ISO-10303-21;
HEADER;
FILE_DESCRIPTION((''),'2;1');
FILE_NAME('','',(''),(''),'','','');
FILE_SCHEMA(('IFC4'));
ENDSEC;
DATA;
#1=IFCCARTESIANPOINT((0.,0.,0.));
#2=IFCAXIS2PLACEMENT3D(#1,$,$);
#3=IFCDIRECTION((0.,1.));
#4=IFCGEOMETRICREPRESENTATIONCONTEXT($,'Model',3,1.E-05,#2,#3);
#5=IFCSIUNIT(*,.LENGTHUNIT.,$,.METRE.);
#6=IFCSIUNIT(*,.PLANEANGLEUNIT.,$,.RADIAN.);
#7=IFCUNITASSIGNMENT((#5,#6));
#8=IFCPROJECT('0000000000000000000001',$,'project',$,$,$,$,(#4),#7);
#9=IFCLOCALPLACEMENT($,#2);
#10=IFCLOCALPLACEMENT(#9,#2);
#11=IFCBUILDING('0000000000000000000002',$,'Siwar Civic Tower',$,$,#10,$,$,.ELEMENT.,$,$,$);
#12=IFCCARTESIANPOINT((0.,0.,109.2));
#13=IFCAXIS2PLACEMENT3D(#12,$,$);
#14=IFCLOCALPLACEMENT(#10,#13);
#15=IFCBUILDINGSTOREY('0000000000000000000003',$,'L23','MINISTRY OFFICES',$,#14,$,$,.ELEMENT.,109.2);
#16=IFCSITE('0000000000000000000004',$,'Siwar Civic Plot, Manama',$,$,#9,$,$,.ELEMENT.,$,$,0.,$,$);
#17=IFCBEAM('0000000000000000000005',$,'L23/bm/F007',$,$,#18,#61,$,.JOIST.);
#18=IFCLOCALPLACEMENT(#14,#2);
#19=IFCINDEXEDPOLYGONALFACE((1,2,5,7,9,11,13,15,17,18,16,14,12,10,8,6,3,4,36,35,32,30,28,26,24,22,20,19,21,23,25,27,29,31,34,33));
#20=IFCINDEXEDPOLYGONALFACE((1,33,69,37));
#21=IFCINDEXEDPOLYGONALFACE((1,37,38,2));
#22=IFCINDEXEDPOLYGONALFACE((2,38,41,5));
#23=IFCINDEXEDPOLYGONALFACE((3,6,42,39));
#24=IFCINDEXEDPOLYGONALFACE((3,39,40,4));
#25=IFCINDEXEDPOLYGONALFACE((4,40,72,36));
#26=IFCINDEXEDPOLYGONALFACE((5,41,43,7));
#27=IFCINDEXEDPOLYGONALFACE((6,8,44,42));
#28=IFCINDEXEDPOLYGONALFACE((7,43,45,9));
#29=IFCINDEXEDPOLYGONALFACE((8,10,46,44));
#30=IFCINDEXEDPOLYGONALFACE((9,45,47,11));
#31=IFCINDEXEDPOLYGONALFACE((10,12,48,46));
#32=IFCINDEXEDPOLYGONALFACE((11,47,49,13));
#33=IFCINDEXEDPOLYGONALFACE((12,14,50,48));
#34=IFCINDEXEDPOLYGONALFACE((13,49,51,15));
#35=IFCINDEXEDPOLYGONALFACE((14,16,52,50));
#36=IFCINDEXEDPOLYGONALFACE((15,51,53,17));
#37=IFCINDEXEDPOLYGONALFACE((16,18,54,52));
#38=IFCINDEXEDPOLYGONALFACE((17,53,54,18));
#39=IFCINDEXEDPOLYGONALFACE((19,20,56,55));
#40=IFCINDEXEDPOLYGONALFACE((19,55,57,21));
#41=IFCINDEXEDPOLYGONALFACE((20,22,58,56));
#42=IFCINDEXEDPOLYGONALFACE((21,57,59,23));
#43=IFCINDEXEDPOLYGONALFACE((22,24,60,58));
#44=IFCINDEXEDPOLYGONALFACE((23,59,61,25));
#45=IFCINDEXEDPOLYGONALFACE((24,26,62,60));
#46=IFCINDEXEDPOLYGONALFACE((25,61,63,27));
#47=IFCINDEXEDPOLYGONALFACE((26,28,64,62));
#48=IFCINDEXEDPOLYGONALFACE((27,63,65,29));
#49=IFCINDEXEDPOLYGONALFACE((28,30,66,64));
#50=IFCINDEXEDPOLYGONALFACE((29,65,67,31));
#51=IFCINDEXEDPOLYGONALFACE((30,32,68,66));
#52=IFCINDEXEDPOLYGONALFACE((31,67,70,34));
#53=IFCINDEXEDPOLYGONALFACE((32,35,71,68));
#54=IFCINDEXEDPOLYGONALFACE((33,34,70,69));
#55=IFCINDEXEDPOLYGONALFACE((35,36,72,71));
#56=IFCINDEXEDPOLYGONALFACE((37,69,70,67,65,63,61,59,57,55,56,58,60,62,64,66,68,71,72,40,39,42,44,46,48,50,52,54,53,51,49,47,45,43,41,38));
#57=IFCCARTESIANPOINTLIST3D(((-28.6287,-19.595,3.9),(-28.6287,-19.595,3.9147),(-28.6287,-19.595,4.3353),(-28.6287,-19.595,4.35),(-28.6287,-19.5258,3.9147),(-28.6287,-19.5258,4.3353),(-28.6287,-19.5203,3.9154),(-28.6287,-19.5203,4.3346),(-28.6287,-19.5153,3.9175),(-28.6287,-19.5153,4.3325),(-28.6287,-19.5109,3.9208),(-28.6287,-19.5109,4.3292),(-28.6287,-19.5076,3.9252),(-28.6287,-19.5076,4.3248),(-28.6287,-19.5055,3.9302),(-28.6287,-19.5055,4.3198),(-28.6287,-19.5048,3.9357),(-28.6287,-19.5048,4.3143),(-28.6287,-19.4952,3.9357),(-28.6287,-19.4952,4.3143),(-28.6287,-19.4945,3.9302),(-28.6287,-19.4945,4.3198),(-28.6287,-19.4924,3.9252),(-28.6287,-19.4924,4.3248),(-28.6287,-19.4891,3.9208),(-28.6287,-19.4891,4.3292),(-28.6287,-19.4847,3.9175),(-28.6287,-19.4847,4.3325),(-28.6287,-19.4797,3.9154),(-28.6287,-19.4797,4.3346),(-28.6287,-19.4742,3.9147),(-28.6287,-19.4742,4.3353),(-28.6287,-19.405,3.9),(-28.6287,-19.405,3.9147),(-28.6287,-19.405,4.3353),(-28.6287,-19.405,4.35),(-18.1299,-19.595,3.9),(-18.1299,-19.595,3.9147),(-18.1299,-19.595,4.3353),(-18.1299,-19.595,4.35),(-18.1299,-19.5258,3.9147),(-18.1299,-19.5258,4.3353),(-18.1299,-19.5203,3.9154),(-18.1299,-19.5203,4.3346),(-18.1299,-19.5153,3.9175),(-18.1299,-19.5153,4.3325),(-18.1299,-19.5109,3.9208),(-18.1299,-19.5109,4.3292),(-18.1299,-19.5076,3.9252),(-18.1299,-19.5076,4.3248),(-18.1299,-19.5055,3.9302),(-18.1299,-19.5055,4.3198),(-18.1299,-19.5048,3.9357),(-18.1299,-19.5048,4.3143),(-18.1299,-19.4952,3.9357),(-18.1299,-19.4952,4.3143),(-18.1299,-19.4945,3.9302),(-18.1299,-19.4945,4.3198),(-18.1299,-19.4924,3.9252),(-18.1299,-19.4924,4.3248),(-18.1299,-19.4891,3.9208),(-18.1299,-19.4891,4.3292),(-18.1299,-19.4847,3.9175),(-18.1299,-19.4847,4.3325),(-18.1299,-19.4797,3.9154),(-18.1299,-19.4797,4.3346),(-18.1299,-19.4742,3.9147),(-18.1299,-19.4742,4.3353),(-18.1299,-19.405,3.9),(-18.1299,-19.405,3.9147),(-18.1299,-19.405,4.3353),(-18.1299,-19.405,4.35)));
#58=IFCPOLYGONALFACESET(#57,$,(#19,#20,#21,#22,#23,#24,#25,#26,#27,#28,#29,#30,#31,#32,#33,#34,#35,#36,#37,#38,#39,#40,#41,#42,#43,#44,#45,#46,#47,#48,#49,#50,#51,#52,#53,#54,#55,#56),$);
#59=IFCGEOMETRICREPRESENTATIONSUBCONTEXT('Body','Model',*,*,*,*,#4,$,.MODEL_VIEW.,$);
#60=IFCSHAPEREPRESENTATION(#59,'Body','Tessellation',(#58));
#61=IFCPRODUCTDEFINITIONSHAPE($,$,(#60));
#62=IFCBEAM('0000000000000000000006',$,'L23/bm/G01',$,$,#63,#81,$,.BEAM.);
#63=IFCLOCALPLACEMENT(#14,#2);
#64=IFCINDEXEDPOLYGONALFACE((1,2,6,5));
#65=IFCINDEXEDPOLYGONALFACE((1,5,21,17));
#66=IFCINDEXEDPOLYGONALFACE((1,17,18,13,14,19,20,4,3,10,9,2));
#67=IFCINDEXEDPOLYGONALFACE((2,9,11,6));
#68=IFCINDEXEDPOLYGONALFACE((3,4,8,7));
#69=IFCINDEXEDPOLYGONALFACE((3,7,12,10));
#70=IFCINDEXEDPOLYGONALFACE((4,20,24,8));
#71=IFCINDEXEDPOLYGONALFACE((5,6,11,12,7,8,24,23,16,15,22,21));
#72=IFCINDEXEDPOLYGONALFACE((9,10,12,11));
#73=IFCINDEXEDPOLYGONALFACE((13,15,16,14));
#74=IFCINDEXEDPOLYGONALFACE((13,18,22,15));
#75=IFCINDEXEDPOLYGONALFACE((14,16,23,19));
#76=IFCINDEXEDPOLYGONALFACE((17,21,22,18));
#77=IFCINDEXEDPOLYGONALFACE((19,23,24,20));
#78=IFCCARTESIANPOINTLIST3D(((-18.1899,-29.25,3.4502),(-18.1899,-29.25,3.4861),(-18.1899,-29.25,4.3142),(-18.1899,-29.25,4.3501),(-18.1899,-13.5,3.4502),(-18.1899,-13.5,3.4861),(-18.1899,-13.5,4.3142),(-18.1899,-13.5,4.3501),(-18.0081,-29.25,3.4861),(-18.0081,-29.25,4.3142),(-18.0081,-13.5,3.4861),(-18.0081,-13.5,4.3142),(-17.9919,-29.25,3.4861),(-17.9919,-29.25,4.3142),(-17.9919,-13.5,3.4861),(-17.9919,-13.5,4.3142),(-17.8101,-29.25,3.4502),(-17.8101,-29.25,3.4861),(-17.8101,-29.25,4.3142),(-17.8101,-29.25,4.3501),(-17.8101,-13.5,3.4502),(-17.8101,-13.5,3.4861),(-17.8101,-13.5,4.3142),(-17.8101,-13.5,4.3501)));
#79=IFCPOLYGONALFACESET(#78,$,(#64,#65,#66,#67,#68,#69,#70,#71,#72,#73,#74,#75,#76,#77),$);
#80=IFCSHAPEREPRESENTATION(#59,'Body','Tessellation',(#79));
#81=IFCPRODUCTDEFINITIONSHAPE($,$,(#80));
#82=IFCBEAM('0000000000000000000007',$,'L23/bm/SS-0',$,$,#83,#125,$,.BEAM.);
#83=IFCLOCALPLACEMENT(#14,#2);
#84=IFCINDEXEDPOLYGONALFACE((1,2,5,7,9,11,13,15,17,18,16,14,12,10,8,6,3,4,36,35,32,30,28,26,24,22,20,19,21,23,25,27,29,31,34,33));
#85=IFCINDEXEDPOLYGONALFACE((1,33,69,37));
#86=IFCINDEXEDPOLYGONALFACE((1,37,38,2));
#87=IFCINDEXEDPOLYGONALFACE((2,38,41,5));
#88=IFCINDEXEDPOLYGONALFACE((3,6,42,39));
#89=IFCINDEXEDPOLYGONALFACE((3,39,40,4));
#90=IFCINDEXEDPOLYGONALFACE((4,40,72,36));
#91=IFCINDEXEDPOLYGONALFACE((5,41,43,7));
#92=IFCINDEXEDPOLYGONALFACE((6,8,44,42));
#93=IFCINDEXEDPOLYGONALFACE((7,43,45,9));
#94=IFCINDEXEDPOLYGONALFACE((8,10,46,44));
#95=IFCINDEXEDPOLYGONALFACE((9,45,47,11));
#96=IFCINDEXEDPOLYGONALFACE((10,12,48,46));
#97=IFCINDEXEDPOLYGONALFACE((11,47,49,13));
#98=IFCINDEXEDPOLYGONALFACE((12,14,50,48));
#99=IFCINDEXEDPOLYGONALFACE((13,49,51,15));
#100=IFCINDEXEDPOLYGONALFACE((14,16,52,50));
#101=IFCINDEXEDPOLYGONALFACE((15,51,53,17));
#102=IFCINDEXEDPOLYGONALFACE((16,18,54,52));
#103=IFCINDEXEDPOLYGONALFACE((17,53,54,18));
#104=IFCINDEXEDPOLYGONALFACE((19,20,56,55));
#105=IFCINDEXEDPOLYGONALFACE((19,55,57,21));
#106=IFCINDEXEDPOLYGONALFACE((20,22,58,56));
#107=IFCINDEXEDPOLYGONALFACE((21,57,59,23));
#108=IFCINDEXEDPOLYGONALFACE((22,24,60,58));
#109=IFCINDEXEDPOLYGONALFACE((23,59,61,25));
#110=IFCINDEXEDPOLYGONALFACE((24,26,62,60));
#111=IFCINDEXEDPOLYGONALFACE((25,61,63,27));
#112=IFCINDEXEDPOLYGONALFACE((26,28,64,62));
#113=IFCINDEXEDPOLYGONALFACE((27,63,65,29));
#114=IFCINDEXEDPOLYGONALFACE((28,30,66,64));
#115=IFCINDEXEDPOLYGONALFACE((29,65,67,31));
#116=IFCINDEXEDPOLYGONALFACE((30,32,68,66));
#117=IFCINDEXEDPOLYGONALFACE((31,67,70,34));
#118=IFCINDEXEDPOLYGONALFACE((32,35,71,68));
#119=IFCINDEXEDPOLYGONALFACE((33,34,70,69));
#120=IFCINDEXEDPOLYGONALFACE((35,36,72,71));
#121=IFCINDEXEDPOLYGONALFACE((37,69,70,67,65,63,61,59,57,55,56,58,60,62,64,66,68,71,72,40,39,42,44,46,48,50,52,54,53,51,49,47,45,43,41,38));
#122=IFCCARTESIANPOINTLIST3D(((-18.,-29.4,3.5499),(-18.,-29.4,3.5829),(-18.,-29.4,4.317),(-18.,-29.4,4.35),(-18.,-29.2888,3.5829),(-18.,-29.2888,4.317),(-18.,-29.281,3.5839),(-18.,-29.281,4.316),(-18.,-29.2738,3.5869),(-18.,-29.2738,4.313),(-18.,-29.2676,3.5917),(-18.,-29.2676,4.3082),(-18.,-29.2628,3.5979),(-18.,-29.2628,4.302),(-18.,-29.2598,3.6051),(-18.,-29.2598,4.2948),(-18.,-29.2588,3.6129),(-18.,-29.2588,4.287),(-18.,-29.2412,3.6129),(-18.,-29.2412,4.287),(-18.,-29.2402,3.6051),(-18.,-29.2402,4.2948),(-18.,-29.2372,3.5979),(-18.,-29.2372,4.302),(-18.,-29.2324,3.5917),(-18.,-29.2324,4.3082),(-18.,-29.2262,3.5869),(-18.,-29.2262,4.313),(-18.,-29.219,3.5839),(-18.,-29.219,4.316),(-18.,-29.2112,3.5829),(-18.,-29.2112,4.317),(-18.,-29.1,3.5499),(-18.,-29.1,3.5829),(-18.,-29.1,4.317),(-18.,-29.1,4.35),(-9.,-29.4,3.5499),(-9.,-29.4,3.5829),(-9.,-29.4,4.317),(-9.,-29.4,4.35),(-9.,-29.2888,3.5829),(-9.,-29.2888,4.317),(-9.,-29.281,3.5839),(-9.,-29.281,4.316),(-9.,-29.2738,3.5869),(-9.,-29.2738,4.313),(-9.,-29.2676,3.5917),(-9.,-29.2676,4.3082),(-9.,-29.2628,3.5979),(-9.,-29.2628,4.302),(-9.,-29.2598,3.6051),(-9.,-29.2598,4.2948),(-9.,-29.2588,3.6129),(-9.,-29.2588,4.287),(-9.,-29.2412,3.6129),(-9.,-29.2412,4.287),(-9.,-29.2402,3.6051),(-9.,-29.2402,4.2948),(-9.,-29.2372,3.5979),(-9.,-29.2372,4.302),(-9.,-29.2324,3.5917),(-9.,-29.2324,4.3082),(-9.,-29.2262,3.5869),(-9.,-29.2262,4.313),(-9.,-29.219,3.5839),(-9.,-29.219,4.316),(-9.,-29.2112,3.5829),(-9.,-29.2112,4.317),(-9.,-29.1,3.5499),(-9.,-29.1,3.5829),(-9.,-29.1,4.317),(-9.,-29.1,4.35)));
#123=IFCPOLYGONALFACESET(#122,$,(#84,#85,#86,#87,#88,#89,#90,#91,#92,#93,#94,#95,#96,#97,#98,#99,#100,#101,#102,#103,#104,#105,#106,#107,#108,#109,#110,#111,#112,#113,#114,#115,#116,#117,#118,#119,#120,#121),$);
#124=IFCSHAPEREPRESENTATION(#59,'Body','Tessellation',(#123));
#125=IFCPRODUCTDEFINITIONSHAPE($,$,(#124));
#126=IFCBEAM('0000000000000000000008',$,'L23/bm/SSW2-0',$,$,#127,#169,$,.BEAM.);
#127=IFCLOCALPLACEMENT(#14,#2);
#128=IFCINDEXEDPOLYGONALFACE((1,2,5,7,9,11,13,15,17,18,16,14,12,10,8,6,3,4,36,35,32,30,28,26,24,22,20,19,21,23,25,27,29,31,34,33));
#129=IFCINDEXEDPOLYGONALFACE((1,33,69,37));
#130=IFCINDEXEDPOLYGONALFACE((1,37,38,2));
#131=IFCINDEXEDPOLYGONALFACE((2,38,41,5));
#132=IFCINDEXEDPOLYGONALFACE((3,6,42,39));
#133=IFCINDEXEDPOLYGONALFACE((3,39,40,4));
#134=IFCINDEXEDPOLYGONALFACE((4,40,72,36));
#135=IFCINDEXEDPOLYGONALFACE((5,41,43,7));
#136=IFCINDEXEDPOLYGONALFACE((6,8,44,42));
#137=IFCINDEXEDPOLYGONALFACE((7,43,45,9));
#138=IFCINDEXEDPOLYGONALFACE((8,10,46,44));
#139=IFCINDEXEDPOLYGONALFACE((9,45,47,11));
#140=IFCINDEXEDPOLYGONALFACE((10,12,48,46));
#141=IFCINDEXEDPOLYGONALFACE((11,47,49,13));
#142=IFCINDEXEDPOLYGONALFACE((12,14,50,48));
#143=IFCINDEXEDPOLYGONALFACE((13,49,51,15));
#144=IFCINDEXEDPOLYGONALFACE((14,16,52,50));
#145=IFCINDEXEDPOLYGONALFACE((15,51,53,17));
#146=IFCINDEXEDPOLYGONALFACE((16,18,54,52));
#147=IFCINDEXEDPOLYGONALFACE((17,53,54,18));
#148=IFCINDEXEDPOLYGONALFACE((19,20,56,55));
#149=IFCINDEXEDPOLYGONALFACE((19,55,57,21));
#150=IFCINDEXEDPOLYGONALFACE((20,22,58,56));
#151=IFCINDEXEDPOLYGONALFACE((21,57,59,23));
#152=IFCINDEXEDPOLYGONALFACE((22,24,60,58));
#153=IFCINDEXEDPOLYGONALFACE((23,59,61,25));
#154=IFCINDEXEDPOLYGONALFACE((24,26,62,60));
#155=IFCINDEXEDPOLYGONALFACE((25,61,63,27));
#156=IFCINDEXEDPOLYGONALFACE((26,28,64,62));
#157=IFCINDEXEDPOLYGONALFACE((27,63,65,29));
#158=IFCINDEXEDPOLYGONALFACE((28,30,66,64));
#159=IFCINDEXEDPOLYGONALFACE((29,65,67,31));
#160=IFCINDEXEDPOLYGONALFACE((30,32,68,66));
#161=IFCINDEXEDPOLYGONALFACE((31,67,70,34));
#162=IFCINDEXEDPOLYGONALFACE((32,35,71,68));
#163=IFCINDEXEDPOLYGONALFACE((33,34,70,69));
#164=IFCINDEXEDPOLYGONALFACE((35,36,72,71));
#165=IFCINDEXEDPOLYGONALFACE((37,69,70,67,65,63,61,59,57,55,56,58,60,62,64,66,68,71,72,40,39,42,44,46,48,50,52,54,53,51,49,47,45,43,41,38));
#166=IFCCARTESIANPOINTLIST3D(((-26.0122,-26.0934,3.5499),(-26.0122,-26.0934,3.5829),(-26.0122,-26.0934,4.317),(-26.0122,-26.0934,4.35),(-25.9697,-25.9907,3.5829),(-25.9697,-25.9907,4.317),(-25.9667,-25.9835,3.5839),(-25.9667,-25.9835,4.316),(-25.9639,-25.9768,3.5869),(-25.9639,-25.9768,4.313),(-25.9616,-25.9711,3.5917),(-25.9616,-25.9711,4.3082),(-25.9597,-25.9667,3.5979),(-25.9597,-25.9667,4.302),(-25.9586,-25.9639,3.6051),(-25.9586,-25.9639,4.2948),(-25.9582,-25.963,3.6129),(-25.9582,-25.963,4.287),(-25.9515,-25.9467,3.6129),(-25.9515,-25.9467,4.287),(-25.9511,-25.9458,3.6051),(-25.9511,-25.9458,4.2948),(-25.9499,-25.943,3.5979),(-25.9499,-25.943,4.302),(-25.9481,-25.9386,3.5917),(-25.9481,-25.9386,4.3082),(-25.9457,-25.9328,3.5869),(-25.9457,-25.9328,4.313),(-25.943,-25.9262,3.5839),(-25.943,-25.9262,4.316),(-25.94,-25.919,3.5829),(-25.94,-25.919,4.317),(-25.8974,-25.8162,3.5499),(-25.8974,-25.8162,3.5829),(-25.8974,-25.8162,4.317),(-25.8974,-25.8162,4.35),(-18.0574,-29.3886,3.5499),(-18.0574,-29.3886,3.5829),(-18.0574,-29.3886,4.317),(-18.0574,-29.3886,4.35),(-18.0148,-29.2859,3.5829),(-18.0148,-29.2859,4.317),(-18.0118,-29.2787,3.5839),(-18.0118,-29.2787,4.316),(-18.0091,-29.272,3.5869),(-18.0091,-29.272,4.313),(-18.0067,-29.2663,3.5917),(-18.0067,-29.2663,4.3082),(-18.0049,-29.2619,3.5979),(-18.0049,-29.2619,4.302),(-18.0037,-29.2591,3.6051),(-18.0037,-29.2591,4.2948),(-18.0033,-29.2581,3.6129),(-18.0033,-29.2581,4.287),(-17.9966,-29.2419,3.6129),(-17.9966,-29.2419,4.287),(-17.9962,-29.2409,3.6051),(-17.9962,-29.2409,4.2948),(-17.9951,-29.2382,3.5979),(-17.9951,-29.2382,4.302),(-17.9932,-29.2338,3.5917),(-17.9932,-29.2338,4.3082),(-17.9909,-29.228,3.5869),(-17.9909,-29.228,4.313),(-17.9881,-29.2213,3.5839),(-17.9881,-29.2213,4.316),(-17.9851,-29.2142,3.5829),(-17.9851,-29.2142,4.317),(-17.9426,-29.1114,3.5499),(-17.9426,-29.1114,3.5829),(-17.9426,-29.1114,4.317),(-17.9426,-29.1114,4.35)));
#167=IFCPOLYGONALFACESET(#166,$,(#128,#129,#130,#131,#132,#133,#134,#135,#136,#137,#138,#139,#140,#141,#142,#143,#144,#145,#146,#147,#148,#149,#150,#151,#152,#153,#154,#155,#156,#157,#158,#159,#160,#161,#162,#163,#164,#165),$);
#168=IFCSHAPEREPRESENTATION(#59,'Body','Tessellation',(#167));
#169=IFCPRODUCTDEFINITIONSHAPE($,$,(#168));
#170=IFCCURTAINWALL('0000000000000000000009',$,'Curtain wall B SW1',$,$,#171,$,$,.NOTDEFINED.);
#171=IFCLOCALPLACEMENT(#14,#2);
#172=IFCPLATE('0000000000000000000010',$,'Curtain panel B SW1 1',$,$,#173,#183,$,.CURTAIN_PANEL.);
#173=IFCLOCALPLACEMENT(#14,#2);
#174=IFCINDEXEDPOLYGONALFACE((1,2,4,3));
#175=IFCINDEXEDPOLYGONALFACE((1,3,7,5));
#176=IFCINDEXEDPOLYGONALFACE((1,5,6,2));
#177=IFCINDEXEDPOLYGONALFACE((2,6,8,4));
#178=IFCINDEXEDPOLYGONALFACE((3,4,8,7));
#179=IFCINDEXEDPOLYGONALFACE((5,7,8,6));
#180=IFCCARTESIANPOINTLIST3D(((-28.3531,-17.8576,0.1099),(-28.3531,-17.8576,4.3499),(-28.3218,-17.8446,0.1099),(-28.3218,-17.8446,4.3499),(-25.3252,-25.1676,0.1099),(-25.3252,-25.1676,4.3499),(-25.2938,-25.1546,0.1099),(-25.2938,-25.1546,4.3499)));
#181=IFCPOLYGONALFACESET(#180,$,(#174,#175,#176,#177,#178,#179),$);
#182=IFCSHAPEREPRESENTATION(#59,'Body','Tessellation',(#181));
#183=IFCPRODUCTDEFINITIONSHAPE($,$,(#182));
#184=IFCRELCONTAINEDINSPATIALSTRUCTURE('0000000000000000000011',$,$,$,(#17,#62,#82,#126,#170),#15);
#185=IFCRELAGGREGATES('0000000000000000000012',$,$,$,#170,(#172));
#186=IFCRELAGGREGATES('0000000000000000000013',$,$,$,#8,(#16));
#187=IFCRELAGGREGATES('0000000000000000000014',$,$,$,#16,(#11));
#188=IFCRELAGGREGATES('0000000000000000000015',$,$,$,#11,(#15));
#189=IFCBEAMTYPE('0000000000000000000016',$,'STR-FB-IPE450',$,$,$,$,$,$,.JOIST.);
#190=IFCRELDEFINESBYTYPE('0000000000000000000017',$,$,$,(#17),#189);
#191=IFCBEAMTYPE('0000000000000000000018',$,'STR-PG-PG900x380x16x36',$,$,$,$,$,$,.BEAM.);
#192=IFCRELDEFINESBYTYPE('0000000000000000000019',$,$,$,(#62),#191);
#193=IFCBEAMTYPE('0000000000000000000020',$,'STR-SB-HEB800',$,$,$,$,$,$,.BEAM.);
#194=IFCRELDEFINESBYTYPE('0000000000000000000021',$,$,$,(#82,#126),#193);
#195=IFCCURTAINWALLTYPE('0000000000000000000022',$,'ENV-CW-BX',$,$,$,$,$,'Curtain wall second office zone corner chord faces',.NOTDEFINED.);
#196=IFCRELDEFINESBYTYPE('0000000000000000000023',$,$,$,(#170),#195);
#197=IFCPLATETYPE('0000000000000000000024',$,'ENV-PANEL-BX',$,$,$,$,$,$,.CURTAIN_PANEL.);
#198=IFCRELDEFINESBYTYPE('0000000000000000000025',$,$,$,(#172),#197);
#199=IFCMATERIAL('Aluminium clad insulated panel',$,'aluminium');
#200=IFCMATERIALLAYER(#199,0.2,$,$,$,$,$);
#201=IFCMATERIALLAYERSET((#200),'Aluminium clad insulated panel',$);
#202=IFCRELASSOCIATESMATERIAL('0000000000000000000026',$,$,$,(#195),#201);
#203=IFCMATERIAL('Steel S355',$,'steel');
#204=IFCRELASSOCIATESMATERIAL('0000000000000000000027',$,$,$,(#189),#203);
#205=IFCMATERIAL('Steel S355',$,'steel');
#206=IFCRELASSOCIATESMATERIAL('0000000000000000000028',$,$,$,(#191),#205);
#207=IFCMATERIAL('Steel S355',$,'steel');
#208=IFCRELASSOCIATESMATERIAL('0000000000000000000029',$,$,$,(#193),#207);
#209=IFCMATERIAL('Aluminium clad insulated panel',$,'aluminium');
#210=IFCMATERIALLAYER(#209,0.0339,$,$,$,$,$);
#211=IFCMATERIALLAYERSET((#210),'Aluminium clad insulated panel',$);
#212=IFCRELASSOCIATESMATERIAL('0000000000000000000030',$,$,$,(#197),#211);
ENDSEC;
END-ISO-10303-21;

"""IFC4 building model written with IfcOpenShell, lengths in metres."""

from ifc_helpers import new_model, si_unit, direction, frame, origin, origin_2d, place, context, subcontext, project, spatial, rectangle, i_section, extrude, material, layer, layer_set, material_profile, profile_set, type_object, element, aggregate, save


model = new_model("IFC4")

# Units and contexts
model_context = context("Model", 3, precision=1e-05, world=origin(), true_north=direction((0.0, 1.0)))
body_context = subcontext(model_context, "Body", "Model", "MODEL_VIEW")
ifc_project = project(units=[si_unit("LENGTHUNIT", "METRE"), si_unit("PLANEANGLEUNIT", "RADIAN")], contexts=[model_context])

# Site, building, storey
site_placement = place(None, origin())
site = spatial("IfcSite", under=ifc_project, at=site_placement, Name="Siwar Civic Plot, Manama", CompositionType="ELEMENT", RefElevation=0.0)
building_placement = place(site_placement, origin())
building = spatial("IfcBuilding", under=site, at=building_placement, Name="Siwar Civic Tower", CompositionType="ELEMENT")
storey_placement = place(building_placement, frame((0.0, 0.0, 109.2)))
storey = spatial("IfcBuildingStorey", under=building, at=storey_placement, Name="L23", Description="MINISTRY OFFICES", CompositionType="ELEMENT", Elevation=109.2)

# Shared definitions
ifc_material_1 = material(Name="Aluminium clad insulated panel", Category="aluminium")
ifc_layer_1 = layer(ifc_material_1, 0.2)
ifc_layer_set_1 = layer_set([ifc_layer_1], Name="Aluminium clad insulated panel")
curtain_wall_type = type_object("IfcCurtainWallType", Name="ENV-CW-BX", ElementType="Curtain wall second office zone corner chord faces", PredefinedType="NOTDEFINED", material=ifc_layer_set_1)

# Beams
ifc_material_2 = material(Name="Steel S355", Category="steel")
ifc_material_profile_1 = material_profile(ifc_material_2, i_section(OverallWidth=0.1899, OverallDepth=0.45, WebThickness=0.0095, FlangeThickness=0.0146, FilletRadius=0.021, at=origin_2d()), Name="IPE450")
ifc_profile_set_1 = profile_set([ifc_material_profile_1], Name="Steel S355")
beam_type_1 = type_object("IfcBeamType", Name="STR-FB-IPE450", PredefinedType="JOIST", material=ifc_profile_set_1)
beam_1_placement = place(storey_placement, frame((-28.6287, -19.5, 4.125), z_axis=(1.0, 0.0, 0.0), x_axis=(0.0, 1.0, 0.0)))
element("IfcBeam", 1, at=beam_1_placement, inside=storey, type_object=beam_type_1, Name="L23/bm/F007", PredefinedType="JOIST", context=body_context, shape_type="SweptSolid", body=[
    extrude(i_section(OverallWidth=0.1899, OverallDepth=0.45, WebThickness=0.0095, FlangeThickness=0.0146, FilletRadius=0.021, at=origin_2d()), origin(), (0.0, 0.0, 1.0), 10.4988),
])
ifc_material_3 = material(Name="Steel S355", Category="steel")
ifc_material_profile_2 = material_profile(ifc_material_3, i_section(OverallWidth=0.3799, OverallDepth=0.8999, WebThickness=0.0161, FlangeThickness=0.0359, at=origin_2d()), Name="PG900x380x16x36")
ifc_profile_set_2 = profile_set([ifc_material_profile_2], Name="Steel S355")
beam_type_2 = type_object("IfcBeamType", Name="STR-PG-PG900x380x16x36", PredefinedType="BEAM", material=ifc_profile_set_2)
beam_2_placement = place(storey_placement, frame((-18.0, -29.25, 3.9001), z_axis=(0.0, 1.0, 0.0), x_axis=(-1.0, 0.0, 0.0)))
element("IfcBeam", 2, at=beam_2_placement, inside=storey, type_object=beam_type_2, Name="L23/bm/G01", PredefinedType="BEAM", context=body_context, shape_type="SweptSolid", body=[
    extrude(i_section(OverallWidth=0.3799, OverallDepth=0.8999, WebThickness=0.0161, FlangeThickness=0.0359, at=origin_2d()), origin(), (0.0, 0.0, 1.0), 15.75),
])
ifc_material_4 = material(Name="Steel S355", Category="steel")
ifc_material_profile_3 = material_profile(ifc_material_4, i_section(OverallWidth=0.3, OverallDepth=0.8, WebThickness=0.0176, FlangeThickness=0.033, FilletRadius=0.03, at=origin_2d()), Name="HEB800")
ifc_profile_set_3 = profile_set([ifc_material_profile_3], Name="Steel S355")
beam_type_3 = type_object("IfcBeamType", Name="STR-SB-HEB800", PredefinedType="BEAM", material=ifc_profile_set_3)
beam_3_placement = place(storey_placement, frame((-18.0, -29.25, 3.95), z_axis=(1.0, 0.0, 0.0), x_axis=(0.0, 1.0, 0.0)))
element("IfcBeam", 3, at=beam_3_placement, inside=storey, type_object=beam_type_3, Name="L23/bm/SS-0", PredefinedType="BEAM", context=body_context, shape_type="SweptSolid", body=[
    extrude(i_section(OverallWidth=0.3, OverallDepth=0.8, WebThickness=0.0176, FlangeThickness=0.033, FilletRadius=0.03, at=origin_2d()), origin(), (0.0, 0.0, 1.0), 9.0),
])
beam_4_placement = place(storey_placement, frame((-25.9548, -25.9548, 3.95), z_axis=(0.923873, -0.3827, 0.0), x_axis=(0.3827, 0.923873, 0.0)))
element("IfcBeam", 4, at=beam_4_placement, inside=storey, type_object=beam_type_3, Name="L23/bm/SSW2-0", PredefinedType="BEAM", context=body_context, shape_type="SweptSolid", body=[
    extrude(i_section(OverallWidth=0.3, OverallDepth=0.8, WebThickness=0.0176, FlangeThickness=0.033, FilletRadius=0.03, at=origin_2d()), origin(), (0.0, 0.0, 1.0), 8.6104),
])

# Curtain wall, plate
curtain_wall_1_placement = place(storey_placement, origin())
curtain_wall_1 = element("IfcCurtainWall", 5, at=curtain_wall_1_placement, inside=storey, type_object=curtain_wall_type, Name="Curtain wall B SW1", PredefinedType="NOTDEFINED")
ifc_material_5 = material(Name="Aluminium clad insulated panel", Category="aluminium")
ifc_layer_2 = layer(ifc_material_5, 0.0339)
ifc_layer_set_2 = layer_set([ifc_layer_2], Name="Aluminium clad insulated panel")
plate_type = type_object("IfcPlateType", Name="ENV-PANEL-BX", PredefinedType="CURTAIN_PANEL", material=ifc_layer_set_2)
plate_1_placement = place(storey_placement, frame((-26.8235, -21.5061, 0.1099), z_axis=(0.0, 0.0, 1.0), x_axis=(0.382683, -0.92388, 0.0)))
plate_1 = element("IfcPlate", 6, at=plate_1_placement, type_object=plate_type, Name="Curtain panel B SW1 1", PredefinedType="CURTAIN_PANEL", context=body_context, shape_type="SweptSolid", body=[
    extrude(rectangle(XDim=7.9124, YDim=0.0339, at=origin_2d()), origin(), (0.0, 0.0, 1.0), 4.24),
])
aggregate(curtain_wall_1, [plate_1])

save(model, "model.ifc")
